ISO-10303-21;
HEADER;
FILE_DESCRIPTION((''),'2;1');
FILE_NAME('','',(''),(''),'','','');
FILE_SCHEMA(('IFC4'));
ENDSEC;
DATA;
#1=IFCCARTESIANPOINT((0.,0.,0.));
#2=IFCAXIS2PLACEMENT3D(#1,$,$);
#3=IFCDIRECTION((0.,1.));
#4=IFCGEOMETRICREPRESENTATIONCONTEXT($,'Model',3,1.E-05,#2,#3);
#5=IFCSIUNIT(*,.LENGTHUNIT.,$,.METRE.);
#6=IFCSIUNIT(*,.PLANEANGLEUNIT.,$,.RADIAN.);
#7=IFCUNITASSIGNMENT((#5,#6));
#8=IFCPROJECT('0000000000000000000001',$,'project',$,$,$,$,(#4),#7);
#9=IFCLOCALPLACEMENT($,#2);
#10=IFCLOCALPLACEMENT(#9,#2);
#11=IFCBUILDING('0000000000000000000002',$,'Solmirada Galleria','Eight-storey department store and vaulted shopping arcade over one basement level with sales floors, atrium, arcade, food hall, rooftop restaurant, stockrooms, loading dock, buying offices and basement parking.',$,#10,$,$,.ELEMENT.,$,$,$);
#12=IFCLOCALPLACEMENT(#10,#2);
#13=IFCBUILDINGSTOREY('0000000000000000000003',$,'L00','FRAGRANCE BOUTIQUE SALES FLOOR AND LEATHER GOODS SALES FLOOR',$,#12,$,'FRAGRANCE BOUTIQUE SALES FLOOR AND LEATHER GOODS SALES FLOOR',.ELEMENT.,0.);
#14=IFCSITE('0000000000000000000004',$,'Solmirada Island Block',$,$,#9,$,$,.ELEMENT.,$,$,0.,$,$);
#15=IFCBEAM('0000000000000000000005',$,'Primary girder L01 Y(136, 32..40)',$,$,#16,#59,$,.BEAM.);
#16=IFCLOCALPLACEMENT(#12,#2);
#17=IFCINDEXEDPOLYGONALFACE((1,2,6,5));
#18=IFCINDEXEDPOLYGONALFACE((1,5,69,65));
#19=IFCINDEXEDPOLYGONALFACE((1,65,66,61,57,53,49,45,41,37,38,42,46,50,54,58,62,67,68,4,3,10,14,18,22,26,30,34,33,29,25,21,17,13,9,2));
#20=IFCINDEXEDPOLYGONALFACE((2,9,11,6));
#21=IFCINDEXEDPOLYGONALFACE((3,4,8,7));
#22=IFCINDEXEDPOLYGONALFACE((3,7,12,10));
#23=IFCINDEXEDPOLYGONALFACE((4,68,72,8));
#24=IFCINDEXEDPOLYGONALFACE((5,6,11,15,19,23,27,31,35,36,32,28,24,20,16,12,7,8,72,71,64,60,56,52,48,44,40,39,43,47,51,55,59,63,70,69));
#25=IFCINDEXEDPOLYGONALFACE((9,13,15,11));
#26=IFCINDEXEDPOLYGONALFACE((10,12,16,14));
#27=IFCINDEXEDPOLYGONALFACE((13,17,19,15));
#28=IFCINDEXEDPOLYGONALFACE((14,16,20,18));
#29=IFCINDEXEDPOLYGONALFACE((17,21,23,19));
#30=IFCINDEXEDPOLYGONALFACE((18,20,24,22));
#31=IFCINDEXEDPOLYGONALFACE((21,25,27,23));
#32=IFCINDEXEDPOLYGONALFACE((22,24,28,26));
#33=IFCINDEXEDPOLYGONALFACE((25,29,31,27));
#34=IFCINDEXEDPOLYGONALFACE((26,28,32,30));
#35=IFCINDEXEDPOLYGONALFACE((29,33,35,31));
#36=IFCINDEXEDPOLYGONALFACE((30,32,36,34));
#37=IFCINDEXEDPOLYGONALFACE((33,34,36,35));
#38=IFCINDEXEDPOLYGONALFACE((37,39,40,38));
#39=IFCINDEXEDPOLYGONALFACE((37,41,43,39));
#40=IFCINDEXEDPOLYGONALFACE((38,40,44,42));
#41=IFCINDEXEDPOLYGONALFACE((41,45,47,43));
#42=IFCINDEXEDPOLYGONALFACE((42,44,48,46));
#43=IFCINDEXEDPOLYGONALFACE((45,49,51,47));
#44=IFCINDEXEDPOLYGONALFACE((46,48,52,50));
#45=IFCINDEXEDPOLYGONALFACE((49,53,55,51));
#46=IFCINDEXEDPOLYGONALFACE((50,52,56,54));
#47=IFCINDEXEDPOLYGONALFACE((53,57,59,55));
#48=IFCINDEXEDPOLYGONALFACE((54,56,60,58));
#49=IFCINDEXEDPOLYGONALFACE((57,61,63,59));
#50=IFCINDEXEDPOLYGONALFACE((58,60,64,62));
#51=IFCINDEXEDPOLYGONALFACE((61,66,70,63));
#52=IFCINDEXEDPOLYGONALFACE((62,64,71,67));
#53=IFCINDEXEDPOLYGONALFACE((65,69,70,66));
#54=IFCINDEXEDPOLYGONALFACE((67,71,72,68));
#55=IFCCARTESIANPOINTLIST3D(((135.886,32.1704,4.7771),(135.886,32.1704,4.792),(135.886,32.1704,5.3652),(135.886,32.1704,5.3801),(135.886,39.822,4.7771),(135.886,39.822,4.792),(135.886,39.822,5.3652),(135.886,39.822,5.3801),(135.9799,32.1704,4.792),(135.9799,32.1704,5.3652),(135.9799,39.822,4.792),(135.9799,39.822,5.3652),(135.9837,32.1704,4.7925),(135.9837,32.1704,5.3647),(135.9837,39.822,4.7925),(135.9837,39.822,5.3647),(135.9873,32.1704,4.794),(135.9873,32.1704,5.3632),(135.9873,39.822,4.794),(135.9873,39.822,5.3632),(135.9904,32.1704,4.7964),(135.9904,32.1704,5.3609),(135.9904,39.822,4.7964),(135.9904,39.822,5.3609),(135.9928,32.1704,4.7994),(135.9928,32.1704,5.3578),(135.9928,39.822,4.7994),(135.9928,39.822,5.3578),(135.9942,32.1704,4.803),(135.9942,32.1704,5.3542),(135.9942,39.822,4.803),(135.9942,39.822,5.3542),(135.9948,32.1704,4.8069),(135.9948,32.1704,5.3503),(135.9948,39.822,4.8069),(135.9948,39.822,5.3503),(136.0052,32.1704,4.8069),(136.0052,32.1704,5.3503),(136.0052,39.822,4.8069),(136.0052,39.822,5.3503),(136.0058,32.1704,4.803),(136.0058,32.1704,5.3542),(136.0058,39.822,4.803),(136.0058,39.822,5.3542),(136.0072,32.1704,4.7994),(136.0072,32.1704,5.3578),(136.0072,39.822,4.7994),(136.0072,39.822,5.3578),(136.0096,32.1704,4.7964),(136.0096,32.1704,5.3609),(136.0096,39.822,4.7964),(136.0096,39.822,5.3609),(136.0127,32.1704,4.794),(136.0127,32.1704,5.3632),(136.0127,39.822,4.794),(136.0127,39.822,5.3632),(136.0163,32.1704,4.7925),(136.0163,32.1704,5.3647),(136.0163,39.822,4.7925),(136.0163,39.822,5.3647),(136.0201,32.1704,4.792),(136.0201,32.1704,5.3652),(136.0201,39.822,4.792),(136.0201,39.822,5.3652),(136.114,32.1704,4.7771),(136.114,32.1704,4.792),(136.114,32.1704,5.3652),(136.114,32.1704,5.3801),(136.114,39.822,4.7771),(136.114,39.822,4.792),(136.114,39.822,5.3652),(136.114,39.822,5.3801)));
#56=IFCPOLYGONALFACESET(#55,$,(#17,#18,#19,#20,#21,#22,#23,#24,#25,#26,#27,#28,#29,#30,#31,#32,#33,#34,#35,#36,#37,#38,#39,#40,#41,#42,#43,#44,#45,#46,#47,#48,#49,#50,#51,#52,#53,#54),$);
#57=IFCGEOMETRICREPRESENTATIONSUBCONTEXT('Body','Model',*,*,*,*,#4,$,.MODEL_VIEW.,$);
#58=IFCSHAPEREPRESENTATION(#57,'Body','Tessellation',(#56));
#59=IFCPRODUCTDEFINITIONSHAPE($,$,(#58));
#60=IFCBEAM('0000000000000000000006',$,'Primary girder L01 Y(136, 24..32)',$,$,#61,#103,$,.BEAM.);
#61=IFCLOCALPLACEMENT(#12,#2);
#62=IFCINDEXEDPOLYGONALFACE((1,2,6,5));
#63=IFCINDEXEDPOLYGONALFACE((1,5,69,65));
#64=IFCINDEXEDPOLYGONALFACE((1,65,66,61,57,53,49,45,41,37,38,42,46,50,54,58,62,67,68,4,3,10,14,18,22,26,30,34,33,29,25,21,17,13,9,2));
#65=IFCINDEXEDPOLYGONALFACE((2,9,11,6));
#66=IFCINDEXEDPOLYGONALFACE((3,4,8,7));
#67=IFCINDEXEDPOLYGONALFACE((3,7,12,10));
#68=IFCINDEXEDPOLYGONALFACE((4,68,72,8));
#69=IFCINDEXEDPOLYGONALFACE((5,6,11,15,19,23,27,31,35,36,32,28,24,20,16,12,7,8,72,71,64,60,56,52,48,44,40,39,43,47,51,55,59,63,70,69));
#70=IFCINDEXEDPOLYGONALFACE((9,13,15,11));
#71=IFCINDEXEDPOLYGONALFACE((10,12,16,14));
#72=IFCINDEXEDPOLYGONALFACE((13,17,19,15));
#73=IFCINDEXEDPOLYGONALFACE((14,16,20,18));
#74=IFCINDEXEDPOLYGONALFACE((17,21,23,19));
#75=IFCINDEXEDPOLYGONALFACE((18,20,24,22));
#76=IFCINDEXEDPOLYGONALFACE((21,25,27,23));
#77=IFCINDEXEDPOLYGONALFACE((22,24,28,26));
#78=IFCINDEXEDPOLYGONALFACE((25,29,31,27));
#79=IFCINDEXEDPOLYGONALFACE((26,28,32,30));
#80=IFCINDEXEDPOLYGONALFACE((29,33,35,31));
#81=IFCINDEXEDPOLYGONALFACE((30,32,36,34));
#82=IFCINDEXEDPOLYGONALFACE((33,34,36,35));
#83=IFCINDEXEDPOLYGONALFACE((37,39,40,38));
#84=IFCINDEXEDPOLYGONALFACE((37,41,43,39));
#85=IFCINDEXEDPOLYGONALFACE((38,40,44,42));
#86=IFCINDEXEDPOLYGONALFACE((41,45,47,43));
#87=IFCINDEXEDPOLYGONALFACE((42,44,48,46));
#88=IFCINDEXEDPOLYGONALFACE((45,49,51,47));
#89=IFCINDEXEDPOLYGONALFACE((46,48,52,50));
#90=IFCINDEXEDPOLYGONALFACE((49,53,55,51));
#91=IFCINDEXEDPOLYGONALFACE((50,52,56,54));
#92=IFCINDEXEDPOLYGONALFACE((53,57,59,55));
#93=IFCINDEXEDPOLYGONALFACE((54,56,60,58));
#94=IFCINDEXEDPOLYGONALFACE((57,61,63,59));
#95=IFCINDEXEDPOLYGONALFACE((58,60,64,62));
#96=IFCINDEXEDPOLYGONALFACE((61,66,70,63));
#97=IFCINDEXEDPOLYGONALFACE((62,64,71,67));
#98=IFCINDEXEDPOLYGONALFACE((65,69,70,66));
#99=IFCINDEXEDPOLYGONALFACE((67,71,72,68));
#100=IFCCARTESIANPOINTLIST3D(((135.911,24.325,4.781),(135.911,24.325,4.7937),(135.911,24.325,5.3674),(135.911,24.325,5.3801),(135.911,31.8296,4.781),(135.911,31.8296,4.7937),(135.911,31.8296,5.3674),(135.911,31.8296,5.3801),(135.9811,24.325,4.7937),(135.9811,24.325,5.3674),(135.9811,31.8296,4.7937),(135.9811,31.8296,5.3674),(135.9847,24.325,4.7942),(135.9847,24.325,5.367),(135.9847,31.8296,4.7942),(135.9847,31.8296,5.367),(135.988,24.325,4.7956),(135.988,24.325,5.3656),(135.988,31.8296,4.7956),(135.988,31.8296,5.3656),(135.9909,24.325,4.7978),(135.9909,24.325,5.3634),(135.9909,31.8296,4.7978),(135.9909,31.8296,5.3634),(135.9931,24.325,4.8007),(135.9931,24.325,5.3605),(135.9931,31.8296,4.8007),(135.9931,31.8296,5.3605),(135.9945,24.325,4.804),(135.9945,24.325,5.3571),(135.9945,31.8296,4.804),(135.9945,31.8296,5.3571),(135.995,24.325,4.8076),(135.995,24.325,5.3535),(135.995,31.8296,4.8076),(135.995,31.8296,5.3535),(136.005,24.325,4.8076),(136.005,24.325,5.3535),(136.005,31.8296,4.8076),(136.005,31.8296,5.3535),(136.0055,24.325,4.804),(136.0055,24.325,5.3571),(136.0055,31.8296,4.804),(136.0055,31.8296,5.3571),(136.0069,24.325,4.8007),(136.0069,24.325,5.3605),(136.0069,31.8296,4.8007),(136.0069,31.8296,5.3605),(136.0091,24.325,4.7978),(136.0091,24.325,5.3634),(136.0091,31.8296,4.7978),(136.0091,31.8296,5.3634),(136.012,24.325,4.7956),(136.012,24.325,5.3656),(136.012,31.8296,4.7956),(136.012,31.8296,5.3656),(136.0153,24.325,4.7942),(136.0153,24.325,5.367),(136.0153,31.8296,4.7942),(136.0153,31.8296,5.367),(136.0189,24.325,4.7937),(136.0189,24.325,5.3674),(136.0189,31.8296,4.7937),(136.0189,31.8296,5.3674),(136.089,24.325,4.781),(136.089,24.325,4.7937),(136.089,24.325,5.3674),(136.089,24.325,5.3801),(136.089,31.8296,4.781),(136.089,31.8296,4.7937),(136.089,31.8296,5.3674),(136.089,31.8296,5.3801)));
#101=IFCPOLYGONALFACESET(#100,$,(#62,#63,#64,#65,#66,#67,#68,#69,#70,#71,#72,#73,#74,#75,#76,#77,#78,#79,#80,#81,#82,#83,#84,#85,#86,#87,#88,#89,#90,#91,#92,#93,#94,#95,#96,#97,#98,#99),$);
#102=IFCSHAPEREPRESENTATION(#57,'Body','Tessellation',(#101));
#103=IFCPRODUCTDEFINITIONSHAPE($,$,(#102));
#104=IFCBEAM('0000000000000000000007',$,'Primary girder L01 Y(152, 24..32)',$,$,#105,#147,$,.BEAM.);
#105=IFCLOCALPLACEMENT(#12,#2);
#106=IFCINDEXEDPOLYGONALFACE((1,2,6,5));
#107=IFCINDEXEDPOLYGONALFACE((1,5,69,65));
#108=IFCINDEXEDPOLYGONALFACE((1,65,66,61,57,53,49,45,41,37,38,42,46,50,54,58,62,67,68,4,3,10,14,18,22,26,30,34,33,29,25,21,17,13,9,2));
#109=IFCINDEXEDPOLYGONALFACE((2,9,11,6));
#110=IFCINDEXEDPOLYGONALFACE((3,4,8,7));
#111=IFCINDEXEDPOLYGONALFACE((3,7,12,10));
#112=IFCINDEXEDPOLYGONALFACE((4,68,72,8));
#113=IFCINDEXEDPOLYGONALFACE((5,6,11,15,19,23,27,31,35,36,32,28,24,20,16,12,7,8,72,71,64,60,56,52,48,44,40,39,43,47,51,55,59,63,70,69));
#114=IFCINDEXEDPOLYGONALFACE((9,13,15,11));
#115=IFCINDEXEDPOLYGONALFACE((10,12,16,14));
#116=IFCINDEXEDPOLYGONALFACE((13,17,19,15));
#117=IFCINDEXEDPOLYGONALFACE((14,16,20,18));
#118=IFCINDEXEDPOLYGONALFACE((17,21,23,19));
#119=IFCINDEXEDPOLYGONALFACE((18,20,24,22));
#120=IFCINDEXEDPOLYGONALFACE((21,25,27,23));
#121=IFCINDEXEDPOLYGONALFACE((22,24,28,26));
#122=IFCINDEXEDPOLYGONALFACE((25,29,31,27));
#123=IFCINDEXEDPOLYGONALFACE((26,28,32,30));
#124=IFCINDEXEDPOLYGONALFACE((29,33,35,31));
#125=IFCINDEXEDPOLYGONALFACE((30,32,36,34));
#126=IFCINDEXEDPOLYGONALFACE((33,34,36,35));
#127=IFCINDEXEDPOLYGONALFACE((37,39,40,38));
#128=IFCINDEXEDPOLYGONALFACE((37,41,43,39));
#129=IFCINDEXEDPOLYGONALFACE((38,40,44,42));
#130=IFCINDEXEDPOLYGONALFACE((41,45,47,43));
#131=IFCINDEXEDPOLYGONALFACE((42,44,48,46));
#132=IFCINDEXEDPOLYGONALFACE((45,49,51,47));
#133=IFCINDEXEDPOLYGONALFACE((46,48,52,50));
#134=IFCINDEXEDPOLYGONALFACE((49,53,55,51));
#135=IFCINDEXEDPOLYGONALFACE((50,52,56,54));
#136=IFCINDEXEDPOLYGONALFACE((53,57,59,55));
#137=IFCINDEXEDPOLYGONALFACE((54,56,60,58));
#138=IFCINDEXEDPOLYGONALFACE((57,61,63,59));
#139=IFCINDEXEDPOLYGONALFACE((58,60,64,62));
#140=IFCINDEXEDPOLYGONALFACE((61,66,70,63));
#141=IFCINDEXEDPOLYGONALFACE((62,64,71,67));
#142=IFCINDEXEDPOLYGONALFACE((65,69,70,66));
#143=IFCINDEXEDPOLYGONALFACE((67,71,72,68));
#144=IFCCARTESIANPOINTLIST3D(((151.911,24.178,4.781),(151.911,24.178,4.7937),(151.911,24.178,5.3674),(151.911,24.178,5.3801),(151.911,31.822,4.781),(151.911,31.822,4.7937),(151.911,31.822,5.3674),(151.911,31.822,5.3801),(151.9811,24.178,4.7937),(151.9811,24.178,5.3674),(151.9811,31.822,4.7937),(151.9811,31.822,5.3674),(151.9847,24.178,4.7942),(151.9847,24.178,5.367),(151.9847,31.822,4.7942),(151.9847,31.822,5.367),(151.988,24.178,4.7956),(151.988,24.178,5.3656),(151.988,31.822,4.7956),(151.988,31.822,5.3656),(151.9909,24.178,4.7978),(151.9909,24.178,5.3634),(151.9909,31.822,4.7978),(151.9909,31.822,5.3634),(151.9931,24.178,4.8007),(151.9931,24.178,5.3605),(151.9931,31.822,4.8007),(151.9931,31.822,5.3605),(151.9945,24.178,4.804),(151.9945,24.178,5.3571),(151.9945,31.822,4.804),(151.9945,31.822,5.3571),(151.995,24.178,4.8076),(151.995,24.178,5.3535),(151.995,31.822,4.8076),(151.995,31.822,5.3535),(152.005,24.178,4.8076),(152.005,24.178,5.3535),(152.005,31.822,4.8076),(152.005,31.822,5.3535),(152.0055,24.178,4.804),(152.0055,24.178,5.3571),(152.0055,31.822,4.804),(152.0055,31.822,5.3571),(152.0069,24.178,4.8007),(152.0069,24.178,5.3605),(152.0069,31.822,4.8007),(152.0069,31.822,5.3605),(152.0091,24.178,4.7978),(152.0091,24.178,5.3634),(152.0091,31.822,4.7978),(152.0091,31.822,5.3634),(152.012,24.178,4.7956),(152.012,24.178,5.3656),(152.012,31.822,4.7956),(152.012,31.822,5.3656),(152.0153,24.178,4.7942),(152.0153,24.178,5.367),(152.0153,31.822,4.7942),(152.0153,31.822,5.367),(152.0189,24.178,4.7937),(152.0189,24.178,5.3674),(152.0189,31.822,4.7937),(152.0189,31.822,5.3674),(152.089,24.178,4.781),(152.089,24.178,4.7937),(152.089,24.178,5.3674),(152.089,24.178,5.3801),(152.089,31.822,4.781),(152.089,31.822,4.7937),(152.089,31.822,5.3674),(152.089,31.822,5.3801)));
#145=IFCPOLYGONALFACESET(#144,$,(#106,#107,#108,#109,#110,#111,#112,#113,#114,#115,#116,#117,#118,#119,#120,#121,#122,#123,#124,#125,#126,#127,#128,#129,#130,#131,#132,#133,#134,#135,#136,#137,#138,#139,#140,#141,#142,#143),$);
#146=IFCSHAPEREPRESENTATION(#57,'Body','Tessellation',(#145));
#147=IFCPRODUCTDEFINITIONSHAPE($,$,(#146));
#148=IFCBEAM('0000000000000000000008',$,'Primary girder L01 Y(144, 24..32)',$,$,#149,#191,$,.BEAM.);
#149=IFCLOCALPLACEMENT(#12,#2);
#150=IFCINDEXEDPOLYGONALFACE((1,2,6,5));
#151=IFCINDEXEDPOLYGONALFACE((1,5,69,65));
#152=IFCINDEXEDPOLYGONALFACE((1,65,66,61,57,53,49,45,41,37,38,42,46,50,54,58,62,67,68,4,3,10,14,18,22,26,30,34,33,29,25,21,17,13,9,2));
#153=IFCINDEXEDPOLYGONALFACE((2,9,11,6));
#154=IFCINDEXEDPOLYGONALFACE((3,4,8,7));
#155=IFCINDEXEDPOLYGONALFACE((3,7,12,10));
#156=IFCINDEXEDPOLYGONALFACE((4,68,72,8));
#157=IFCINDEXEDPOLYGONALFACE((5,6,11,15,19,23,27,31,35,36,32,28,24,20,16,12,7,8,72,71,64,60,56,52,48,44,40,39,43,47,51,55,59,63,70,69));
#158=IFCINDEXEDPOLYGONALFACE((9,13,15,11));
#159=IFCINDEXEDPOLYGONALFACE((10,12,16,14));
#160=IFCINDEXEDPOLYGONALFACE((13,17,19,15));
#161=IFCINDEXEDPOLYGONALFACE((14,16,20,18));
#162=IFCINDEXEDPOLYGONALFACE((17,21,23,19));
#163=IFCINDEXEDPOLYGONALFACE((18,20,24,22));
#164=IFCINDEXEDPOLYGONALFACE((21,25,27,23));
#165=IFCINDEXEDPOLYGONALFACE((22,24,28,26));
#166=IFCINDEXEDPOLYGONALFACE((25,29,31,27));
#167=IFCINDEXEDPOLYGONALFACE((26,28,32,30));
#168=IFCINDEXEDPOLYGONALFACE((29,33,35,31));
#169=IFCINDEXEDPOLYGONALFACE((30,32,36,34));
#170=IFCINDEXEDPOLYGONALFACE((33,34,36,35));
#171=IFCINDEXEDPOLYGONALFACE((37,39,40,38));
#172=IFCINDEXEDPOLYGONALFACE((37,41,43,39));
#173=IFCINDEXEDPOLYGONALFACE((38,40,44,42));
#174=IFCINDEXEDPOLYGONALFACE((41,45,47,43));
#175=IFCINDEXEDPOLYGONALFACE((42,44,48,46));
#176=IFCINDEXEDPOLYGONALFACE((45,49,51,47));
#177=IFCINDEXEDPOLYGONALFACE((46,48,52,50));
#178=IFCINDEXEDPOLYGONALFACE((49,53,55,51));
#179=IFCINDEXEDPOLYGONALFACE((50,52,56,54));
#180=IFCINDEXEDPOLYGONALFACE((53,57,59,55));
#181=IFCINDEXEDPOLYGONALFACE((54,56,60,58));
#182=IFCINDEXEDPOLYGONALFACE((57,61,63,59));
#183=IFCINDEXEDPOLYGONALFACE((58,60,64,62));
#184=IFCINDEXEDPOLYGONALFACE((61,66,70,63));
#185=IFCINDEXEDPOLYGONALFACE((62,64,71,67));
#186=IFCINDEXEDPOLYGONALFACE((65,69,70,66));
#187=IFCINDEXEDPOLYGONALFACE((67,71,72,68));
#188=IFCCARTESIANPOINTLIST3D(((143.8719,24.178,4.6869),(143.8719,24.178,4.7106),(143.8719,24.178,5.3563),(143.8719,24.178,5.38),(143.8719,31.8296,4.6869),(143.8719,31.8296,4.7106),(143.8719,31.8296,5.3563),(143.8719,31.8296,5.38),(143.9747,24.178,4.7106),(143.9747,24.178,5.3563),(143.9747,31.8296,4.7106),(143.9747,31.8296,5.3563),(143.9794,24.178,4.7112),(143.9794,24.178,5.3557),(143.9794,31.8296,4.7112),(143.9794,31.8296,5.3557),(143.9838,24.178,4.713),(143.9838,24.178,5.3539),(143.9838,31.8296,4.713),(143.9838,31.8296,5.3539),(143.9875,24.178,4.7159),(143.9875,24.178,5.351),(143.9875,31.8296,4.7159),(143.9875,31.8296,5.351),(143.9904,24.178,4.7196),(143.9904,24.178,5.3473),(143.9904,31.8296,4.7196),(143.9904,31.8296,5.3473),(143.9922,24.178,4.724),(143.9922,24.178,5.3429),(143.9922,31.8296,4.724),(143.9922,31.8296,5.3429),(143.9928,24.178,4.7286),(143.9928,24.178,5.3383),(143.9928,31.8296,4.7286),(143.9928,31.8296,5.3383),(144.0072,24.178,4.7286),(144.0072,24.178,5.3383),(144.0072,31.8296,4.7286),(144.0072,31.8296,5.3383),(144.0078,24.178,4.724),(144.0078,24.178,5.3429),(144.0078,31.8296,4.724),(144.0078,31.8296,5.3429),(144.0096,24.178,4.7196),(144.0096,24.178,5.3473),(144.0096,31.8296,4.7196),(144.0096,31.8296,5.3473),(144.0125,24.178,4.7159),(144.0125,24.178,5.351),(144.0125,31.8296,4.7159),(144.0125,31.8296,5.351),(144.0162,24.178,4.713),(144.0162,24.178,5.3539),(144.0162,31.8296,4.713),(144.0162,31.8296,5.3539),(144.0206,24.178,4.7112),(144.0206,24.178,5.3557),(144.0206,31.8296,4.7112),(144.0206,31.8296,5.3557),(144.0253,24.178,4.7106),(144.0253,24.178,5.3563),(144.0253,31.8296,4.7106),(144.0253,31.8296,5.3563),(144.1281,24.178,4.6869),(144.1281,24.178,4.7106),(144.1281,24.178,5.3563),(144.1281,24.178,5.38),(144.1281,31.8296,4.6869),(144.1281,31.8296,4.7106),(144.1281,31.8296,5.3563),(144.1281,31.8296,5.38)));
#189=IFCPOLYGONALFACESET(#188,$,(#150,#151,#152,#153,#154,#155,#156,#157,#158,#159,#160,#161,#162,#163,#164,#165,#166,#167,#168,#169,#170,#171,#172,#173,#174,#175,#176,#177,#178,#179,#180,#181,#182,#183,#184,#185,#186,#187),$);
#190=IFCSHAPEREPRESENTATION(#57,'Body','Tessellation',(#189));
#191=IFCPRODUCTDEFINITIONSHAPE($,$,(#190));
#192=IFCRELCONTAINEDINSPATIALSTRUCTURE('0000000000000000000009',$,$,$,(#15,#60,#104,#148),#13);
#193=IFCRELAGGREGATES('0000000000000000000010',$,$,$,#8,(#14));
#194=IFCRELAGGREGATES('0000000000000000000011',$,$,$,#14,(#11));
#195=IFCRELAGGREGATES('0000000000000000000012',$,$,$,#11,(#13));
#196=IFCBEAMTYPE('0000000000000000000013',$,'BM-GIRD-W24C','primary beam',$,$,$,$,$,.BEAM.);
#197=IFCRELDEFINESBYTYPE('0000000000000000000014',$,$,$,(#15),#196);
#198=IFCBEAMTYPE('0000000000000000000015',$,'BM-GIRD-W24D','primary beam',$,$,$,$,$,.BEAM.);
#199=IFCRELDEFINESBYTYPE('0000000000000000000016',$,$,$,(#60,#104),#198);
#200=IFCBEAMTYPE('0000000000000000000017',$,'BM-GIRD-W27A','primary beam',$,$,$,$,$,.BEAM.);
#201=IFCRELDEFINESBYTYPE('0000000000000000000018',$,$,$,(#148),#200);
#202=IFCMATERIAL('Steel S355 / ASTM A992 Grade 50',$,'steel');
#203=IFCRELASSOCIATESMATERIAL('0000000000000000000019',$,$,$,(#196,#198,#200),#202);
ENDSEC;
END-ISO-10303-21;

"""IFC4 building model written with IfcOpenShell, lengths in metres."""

from ifc_helpers import new_model, si_unit, direction, frame, origin, origin_2d, place, context, subcontext, project, spatial, i_section, extrude, material, material_profile, profile_set, type_object, element, save


model = new_model("IFC4")

# Units and contexts
model_context = context("Model", 3, precision=1e-05, world=origin(), true_north=direction((0.0, 1.0)))
body_context = subcontext(model_context, "Body", "Model", "MODEL_VIEW")
ifc_project = project(units=[si_unit("LENGTHUNIT", "METRE"), si_unit("PLANEANGLEUNIT", "RADIAN")], contexts=[model_context])

# Site, building, storey
site_placement = place(None, origin())
site = spatial("IfcSite", under=ifc_project, at=site_placement, Name="Solmirada Island Block", CompositionType="ELEMENT", RefElevation=0.0)
building_placement = place(site_placement, origin())
building = spatial("IfcBuilding", under=site, at=building_placement, Name="Solmirada Galleria", Description="Eight-storey department store and vaulted shopping arcade over one basement level with sales floors, atrium, arcade, food hall, rooftop restaurant, stockrooms, loading dock, buying offices and basement parking.", CompositionType="ELEMENT")
storey_placement = place(building_placement, origin())
storey = spatial("IfcBuildingStorey", under=building, at=storey_placement, Name="L00", Description="FRAGRANCE BOUTIQUE SALES FLOOR AND LEATHER GOODS SALES FLOOR", LongName="FRAGRANCE BOUTIQUE SALES FLOOR AND LEATHER GOODS SALES FLOOR", CompositionType="ELEMENT", Elevation=0.0)

# Beams
ifc_material_1 = material(Name="Steel S355 / ASTM A992 Grade 50", Category="steel")
ifc_material_profile_1 = material_profile(ifc_material_1, i_section(OverallWidth=0.228, OverallDepth=0.603, WebThickness=0.0105, FlangeThickness=0.0149, FilletRadius=0.0149, at=origin_2d()), Name="W24X68")
ifc_profile_set_1 = profile_set([ifc_material_profile_1], Name="Steel S355 / ASTM A992 Grade 50")
beam_type_1 = type_object("IfcBeamType", Name="BM-GIRD-W24C", Description="primary beam", PredefinedType="BEAM", material=ifc_profile_set_1)
beam_1_placement = place(storey_placement, frame((136.0, 32.1704, 5.0786), z_axis=(0.0, 1.0, 0.0), x_axis=(-1.0, 0.0, 0.0)))
element("IfcBeam", 1, at=beam_1_placement, inside=storey, type_object=beam_type_1, Name="Primary girder L01 Y(136, 32..40)", PredefinedType="BEAM", context=body_context, shape_type="SweptSolid", body=[
    extrude(i_section(OverallWidth=0.228, OverallDepth=0.603, WebThickness=0.0105, FlangeThickness=0.0149, FilletRadius=0.0149, at=origin_2d()), origin(), (0.0, 0.0, 1.0), 7.6516),
])
ifc_material_profile_2 = material_profile(ifc_material_1, i_section(OverallWidth=0.178, OverallDepth=0.5991, WebThickness=0.01, FlangeThickness=0.0127, FilletRadius=0.0139, at=origin_2d()), Name="W24X55")
ifc_profile_set_2 = profile_set([ifc_material_profile_2], Name="Steel S355 / ASTM A992 Grade 50")
beam_type_2 = type_object("IfcBeamType", Name="BM-GIRD-W24D", Description="primary beam", PredefinedType="BEAM", material=ifc_profile_set_2)
beam_2_placement = place(storey_placement, frame((136.0, 24.325, 5.0806), z_axis=(0.0, 1.0, 0.0), x_axis=(-1.0, 0.0, 0.0)))
element("IfcBeam", 2, at=beam_2_placement, inside=storey, type_object=beam_type_2, Name="Primary girder L01 Y(136, 24..32)", PredefinedType="BEAM", context=body_context, shape_type="SweptSolid", body=[
    extrude(i_section(OverallWidth=0.178, OverallDepth=0.5991, WebThickness=0.01, FlangeThickness=0.0127, FilletRadius=0.0139, at=origin_2d()), origin(), (0.0, 0.0, 1.0), 7.5046),
])
beam_3_placement = place(storey_placement, frame((152.0, 24.178, 5.0806), z_axis=(0.0, 1.0, 0.0), x_axis=(-1.0, 0.0, 0.0)))
element("IfcBeam", 3, at=beam_3_placement, inside=storey, type_object=beam_type_2, Name="Primary girder L01 Y(152, 24..32)", PredefinedType="BEAM", context=body_context, shape_type="SweptSolid", body=[
    extrude(i_section(OverallWidth=0.178, OverallDepth=0.5991, WebThickness=0.01, FlangeThickness=0.0127, FilletRadius=0.0139, at=origin_2d()), origin(), (0.0, 0.0, 1.0), 7.644),
])
ifc_material_profile_3 = material_profile(ifc_material_1, i_section(OverallWidth=0.2561, OverallDepth=0.6931, WebThickness=0.0144, FlangeThickness=0.0237, FilletRadius=0.0181, at=origin_2d()), Name="W27X114")
ifc_profile_set_3 = profile_set([ifc_material_profile_3], Name="Steel S355 / ASTM A992 Grade 50")
beam_type_3 = type_object("IfcBeamType", Name="BM-GIRD-W27A", Description="primary beam", PredefinedType="BEAM", material=ifc_profile_set_3)
for number, where, z_axis, x_axis, name in (
    (4, (144.0, 24.178, 5.0334), (0.0, 1.0, 0.0), (-1.0, 0.0, 0.0), "Primary girder L01 Y(144, 24..32)"),
):
    element("IfcBeam", number, at=place(storey_placement, frame(where, z_axis=z_axis, x_axis=x_axis)), inside=storey, type_object=beam_type_3, Name=name, PredefinedType="BEAM", context=body_context, shape_type="SweptSolid", body=[
        extrude(i_section(OverallWidth=0.2561, OverallDepth=0.6931, WebThickness=0.0144, FlangeThickness=0.0237, FilletRadius=0.0181, at=origin_2d()), origin(), (0.0, 0.0, 1.0), 7.6516),
    ])

save(model, "model.ifc")
